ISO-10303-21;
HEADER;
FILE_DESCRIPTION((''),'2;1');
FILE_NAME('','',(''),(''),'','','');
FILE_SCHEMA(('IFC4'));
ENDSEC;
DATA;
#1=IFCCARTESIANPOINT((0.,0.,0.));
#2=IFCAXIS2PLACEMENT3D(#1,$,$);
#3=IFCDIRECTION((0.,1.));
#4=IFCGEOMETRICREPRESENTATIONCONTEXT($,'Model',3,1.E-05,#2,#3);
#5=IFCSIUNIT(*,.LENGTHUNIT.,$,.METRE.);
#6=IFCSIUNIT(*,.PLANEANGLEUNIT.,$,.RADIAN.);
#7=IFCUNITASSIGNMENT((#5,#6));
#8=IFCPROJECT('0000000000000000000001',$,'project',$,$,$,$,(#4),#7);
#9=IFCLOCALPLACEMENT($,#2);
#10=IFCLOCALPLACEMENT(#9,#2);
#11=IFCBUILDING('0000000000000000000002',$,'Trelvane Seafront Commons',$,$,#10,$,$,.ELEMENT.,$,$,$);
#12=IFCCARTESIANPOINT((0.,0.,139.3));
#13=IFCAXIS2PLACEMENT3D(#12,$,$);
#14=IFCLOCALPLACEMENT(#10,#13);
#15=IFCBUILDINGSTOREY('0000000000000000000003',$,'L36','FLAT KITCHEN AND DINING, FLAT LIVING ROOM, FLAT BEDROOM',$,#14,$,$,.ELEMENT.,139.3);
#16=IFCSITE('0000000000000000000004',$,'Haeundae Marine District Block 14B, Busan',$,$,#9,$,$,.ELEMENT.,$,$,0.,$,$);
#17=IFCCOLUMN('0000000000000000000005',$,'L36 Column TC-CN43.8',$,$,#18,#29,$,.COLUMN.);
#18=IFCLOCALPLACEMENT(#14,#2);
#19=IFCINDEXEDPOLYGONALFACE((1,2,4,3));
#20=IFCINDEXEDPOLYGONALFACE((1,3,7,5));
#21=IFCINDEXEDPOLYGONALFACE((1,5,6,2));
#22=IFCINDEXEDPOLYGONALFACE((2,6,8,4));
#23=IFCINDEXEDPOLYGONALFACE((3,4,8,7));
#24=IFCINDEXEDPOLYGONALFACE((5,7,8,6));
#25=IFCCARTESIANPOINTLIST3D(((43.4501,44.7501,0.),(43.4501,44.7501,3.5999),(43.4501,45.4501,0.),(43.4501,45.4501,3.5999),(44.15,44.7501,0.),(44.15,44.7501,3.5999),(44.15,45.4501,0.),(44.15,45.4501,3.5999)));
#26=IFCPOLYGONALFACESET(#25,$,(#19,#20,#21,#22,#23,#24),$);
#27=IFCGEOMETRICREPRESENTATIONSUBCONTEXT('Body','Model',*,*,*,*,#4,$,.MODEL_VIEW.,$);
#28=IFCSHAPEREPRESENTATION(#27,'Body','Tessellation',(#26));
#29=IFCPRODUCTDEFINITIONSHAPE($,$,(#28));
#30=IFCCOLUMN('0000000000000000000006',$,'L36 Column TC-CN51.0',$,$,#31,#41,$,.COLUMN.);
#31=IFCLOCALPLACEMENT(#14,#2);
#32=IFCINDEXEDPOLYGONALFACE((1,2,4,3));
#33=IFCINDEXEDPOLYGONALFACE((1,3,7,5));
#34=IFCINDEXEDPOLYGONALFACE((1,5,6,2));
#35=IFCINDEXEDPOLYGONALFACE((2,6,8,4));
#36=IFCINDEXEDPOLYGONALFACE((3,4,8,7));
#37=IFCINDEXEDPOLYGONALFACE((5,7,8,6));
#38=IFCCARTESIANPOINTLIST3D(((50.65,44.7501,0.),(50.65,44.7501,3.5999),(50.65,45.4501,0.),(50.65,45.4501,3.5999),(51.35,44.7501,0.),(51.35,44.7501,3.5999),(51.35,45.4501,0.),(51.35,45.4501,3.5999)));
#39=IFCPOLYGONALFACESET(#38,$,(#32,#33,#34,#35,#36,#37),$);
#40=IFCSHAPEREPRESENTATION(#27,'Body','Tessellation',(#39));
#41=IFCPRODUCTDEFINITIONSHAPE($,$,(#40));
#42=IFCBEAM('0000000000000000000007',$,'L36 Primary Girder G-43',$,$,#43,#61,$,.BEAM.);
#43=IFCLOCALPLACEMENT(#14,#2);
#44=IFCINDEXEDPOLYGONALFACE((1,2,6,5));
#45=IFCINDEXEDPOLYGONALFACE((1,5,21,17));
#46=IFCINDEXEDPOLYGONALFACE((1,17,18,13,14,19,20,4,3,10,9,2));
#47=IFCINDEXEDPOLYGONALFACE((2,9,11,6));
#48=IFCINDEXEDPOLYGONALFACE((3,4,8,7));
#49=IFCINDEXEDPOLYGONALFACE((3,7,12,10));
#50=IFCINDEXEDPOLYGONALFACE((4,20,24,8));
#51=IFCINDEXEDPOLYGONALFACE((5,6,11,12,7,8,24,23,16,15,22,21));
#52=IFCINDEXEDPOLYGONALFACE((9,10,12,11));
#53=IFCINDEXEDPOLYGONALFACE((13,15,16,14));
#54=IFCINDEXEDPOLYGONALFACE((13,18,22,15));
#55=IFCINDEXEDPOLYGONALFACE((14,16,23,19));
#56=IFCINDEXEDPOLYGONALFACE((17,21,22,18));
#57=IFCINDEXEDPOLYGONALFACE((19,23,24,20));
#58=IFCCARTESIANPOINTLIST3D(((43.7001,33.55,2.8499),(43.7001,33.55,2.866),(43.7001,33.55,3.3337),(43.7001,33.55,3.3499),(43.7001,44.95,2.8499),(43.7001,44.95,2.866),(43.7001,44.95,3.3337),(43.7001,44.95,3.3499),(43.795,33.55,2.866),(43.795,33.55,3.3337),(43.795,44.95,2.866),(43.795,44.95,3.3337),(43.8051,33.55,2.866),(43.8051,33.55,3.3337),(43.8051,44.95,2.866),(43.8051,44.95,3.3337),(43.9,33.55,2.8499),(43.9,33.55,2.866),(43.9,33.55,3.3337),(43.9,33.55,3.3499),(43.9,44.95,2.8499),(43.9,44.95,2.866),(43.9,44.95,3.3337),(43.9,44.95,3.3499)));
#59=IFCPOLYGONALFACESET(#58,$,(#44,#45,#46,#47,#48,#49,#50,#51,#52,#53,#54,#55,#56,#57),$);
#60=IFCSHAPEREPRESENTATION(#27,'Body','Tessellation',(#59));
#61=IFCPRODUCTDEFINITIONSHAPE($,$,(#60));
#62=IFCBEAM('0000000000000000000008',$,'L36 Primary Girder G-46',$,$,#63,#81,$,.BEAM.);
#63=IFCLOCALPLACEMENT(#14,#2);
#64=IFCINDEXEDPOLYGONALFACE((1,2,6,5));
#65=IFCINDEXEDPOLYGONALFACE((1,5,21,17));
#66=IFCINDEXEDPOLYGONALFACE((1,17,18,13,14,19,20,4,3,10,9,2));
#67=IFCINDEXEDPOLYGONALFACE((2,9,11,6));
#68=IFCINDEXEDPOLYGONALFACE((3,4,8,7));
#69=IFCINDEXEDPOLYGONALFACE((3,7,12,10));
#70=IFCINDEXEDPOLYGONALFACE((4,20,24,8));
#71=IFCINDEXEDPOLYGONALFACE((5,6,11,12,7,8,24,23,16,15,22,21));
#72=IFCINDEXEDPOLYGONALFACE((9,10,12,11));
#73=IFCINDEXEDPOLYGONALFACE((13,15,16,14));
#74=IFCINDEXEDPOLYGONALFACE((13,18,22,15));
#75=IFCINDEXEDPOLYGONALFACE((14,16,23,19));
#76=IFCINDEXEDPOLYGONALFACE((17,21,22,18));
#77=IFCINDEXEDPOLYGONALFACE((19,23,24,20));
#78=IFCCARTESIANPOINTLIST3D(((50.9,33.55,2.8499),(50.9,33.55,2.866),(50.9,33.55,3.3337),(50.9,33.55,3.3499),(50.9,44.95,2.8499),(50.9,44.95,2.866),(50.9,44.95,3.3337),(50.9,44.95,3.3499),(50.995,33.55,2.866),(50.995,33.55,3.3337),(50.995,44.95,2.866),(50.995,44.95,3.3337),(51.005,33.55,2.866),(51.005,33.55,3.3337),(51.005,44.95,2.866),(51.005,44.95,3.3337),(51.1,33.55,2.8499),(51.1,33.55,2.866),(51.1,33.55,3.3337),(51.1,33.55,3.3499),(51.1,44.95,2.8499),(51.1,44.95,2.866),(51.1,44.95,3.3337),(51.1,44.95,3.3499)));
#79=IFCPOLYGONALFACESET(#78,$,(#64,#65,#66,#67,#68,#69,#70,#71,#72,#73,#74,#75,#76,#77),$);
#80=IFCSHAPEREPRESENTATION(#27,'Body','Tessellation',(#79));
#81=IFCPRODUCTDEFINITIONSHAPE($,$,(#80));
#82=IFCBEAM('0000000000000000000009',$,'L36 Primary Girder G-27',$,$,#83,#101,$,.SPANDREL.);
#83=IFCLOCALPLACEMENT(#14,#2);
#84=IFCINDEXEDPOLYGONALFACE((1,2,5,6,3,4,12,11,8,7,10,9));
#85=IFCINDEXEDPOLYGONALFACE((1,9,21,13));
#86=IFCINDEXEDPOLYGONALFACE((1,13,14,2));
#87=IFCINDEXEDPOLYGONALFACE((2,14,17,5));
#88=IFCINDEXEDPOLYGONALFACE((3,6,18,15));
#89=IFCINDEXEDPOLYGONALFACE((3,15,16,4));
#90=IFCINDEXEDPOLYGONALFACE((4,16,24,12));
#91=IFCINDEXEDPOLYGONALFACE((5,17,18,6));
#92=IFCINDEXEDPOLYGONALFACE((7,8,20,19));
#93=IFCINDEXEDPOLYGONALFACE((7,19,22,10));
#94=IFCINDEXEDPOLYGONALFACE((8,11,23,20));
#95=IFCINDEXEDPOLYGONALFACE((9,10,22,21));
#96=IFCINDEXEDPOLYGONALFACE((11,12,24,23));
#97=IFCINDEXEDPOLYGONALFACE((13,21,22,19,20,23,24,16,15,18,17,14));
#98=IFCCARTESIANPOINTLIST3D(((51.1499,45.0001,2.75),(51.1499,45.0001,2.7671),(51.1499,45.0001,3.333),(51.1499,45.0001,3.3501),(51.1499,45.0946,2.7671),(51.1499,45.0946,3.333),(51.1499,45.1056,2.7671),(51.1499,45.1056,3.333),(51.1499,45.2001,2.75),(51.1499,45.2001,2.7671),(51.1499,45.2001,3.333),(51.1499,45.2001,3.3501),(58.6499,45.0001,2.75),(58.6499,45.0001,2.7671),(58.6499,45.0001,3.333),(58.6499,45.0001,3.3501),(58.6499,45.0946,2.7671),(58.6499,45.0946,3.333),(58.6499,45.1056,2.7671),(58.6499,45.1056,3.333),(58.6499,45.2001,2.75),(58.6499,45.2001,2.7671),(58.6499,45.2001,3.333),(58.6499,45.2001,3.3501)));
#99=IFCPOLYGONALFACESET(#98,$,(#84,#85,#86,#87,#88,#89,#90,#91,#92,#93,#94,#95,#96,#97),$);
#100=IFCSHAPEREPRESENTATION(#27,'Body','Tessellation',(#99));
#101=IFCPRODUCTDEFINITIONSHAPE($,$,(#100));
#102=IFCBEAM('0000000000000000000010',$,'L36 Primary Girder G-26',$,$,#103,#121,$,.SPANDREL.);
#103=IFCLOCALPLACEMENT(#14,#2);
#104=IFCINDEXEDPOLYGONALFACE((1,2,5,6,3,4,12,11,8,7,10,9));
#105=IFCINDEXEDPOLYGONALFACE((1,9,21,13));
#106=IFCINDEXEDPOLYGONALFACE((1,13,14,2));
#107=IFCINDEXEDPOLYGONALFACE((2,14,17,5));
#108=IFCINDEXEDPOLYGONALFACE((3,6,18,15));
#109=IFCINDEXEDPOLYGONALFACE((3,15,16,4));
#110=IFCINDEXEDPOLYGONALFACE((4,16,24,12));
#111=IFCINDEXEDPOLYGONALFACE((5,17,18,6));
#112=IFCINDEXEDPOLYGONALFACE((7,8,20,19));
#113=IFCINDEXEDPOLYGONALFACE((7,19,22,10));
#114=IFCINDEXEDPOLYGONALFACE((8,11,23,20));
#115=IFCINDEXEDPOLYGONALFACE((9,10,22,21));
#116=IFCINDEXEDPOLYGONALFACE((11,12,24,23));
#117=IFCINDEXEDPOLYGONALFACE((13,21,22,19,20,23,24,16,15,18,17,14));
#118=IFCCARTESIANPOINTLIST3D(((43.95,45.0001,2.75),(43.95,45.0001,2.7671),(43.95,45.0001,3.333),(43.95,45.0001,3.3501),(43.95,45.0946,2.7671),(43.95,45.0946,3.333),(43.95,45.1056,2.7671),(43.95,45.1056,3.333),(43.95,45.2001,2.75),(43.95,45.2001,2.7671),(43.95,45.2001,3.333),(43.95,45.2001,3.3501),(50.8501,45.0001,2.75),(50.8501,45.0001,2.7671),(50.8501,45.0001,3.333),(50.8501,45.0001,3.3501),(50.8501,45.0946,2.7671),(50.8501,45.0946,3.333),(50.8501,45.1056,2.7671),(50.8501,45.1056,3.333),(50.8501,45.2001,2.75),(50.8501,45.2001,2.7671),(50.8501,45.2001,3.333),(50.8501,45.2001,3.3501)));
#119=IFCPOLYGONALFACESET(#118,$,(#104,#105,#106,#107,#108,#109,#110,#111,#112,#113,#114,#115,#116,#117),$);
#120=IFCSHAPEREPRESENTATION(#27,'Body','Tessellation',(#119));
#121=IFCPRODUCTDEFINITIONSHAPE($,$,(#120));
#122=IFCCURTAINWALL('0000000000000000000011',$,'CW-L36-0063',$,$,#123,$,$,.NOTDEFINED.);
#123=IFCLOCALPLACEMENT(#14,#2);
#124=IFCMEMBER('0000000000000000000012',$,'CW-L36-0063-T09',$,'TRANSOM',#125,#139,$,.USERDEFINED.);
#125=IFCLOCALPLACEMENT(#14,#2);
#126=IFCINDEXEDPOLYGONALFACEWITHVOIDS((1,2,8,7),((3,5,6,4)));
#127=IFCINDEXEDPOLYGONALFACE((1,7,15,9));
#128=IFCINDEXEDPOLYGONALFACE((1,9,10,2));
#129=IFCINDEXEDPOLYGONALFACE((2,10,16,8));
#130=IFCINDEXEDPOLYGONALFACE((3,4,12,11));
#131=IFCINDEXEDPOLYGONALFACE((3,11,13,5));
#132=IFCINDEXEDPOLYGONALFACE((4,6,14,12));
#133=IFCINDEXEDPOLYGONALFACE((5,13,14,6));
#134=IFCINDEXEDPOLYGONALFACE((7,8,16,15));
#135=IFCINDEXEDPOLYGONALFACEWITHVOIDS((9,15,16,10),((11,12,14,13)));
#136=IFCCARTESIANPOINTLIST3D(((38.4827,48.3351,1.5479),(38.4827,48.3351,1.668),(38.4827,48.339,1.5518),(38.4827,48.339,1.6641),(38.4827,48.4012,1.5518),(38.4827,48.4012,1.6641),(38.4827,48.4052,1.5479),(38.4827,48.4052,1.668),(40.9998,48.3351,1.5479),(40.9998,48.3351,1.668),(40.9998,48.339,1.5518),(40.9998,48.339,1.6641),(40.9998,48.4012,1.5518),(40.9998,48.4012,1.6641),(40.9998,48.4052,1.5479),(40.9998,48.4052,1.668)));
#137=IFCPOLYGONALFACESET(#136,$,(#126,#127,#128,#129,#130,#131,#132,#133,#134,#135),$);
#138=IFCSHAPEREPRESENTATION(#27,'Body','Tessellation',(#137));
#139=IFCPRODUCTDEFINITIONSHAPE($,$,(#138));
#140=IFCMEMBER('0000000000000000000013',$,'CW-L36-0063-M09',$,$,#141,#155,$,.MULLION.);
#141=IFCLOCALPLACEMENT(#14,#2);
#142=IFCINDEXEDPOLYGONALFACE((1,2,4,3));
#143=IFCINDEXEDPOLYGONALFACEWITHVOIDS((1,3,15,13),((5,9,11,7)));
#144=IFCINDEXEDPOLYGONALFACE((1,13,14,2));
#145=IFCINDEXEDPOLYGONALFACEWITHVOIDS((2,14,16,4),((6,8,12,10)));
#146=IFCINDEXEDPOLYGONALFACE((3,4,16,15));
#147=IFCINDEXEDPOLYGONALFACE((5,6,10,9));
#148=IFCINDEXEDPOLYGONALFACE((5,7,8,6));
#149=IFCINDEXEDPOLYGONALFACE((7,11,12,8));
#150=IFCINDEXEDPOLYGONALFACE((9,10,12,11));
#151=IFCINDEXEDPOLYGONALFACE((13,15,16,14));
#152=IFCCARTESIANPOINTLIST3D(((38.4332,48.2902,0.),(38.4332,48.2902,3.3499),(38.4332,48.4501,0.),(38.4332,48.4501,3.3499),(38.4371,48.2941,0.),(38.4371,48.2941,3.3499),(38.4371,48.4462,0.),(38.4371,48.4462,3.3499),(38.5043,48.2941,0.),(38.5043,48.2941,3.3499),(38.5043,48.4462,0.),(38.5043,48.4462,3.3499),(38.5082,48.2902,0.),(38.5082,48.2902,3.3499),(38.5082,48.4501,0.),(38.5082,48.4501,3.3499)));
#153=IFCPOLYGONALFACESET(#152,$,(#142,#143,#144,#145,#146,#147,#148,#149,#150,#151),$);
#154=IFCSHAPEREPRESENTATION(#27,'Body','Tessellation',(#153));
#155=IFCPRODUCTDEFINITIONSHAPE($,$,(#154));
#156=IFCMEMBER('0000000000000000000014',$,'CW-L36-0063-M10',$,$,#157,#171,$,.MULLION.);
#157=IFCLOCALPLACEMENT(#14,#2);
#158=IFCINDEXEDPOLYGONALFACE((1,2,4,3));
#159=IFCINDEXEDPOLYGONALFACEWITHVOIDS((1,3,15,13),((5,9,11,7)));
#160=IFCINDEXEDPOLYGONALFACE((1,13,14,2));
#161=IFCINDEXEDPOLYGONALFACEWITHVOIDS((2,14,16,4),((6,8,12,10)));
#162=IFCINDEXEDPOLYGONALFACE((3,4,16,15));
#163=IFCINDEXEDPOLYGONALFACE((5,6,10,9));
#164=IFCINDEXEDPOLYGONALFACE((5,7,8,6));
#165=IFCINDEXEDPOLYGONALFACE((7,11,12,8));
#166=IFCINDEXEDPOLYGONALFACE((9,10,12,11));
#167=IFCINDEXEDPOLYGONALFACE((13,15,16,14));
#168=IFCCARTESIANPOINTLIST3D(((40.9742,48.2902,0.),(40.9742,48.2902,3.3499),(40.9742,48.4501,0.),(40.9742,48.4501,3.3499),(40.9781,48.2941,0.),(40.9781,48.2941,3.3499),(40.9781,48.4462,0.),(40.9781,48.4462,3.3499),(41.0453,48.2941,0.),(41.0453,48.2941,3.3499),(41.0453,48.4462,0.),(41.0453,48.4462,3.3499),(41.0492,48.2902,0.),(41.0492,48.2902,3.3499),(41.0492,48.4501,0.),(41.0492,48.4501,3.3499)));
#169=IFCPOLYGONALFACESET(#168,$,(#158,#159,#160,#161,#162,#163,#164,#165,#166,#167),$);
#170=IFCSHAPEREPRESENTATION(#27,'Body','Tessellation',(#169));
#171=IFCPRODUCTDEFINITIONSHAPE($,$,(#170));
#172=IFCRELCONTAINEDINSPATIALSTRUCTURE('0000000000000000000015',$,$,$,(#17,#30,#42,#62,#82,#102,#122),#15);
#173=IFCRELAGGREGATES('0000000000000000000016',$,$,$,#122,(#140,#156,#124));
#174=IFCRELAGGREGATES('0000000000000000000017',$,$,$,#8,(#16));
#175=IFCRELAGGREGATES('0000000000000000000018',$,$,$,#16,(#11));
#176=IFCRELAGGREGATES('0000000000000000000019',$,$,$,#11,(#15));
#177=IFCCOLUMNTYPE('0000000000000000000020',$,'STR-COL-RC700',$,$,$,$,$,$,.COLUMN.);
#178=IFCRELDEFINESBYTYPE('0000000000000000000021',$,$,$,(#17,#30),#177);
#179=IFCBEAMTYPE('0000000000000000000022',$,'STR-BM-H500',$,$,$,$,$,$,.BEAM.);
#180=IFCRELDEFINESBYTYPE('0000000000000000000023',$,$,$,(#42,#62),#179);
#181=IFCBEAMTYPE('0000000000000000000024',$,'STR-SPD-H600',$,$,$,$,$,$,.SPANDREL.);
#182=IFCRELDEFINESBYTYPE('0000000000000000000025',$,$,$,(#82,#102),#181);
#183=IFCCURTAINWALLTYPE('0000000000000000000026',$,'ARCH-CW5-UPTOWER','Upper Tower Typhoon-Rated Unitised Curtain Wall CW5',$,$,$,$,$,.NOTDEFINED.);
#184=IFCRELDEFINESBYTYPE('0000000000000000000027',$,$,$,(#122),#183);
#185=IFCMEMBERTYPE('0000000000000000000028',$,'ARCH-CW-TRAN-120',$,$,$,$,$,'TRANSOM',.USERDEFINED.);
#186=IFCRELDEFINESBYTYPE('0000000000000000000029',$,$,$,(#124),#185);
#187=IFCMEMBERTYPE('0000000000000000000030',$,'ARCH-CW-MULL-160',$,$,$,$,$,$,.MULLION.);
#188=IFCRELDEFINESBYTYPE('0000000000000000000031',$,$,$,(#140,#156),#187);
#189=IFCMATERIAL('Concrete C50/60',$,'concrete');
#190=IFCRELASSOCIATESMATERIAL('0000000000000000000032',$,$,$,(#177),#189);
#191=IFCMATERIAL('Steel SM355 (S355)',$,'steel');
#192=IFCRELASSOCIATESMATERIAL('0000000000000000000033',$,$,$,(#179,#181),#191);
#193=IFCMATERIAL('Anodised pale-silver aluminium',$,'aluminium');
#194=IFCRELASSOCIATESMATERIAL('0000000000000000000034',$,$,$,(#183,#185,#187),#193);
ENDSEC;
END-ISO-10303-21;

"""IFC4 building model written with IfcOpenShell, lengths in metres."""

from ifc_helpers import new_model, si_unit, direction, frame, origin, origin_2d, place, context, subcontext, project, spatial, rectangle, hollow_rectangle, i_section, extrude, source, transform, mapped, material, material_profile, profile_set, type_object, element, aggregate, save


model = new_model("IFC4")

# Units and contexts
model_context = context("Model", 3, precision=1e-05, world=origin(), true_north=direction((0.0, 1.0)))
body_context = subcontext(model_context, "Body", "Model", "MODEL_VIEW")
ifc_project = project(units=[si_unit("LENGTHUNIT", "METRE"), si_unit("PLANEANGLEUNIT", "RADIAN")], contexts=[model_context])

# Site, building, storey
site_placement = place(None, origin())
site = spatial("IfcSite", under=ifc_project, at=site_placement, Name="Haeundae Marine District Block 14B, Busan", CompositionType="ELEMENT", RefElevation=0.0)
building_placement = place(site_placement, origin())
building = spatial("IfcBuilding", under=site, at=building_placement, Name="Trelvane Seafront Commons", CompositionType="ELEMENT")
storey_placement = place(building_placement, frame((0.0, 0.0, 139.3)))
storey = spatial("IfcBuildingStorey", under=building, at=storey_placement, Name="L36", Description="FLAT KITCHEN AND DINING, FLAT LIVING ROOM, FLAT BEDROOM", CompositionType="ELEMENT", Elevation=139.3)

# Columns
ifc_material_1 = material(Name="Concrete C50/60", Category="concrete")
ifc_material_profile_1 = material_profile(ifc_material_1, rectangle(XDim=0.7, YDim=0.7, at=origin_2d()), Name="RC-700x700")
ifc_profile_set_1 = profile_set([ifc_material_profile_1], Name="Concrete C50/60")
column_type = type_object("IfcColumnType", Name="STR-COL-RC700", PredefinedType="COLUMN", material=ifc_profile_set_1)
shared_shape_1 = source(origin(), body_context, "Body", "SweptSolid", [
    extrude(rectangle(XDim=0.7, YDim=0.7, at=origin_2d()), origin(), (0.0, 0.0, 1.0), 3.5999),
])
for number, where, z_axis, x_axis, name in (
    (1, (43.8, 45.1001, 0.0), (0.0, 0.0, 1.0), (1.0, 0.0, 0.0), "L36 Column TC-CN43.8"),
    (2, (51.0, 45.1001, 0.0), (0.0, 0.0, 1.0), (1.0, 0.0, 0.0), "L36 Column TC-CN51.0"),
):
    element("IfcColumn", number, at=place(storey_placement, frame(where, z_axis=z_axis, x_axis=x_axis)), inside=storey, type_object=column_type, Name=name, PredefinedType="COLUMN", context=body_context, shape_type="MappedRepresentation", body=[
        mapped(shared_shape_1, transform((0.0, 0.0, 0.0), x_axis=(1.0, 0.0, 0.0), y_axis=(0.0, 1.0, 0.0), z_axis=(0.0, 0.0, 1.0), scale=1.0)),
    ])

# Beams
ifc_material_2 = material(Name="Steel SM355 (S355)", Category="steel")
ifc_material_profile_2 = material_profile(ifc_material_2, i_section(OverallWidth=0.2, OverallDepth=0.5, WebThickness=0.01, FlangeThickness=0.0161, at=origin_2d()), Name="H-500x200x10x16")
ifc_profile_set_2 = profile_set([ifc_material_profile_2], Name="Steel SM355 (S355)")
beam_type_1 = type_object("IfcBeamType", Name="STR-BM-H500", PredefinedType="BEAM", material=ifc_profile_set_2)
shared_shape_2 = source(origin(), body_context, "Body", "SweptSolid", [
    extrude(i_section(OverallWidth=0.2, OverallDepth=0.5, WebThickness=0.01, FlangeThickness=0.0161, at=origin_2d()), origin(), (0.0, 0.0, 1.0), 11.3999),
])
for number, where, z_axis, x_axis, name in (
    (3, (43.8, 33.55, 3.0999), (0.0, 1.0, 0.0), (-1.0, 0.0, 0.0), "L36 Primary Girder G-43"),
    (4, (51.0, 33.55, 3.0999), (0.0, 1.0, 0.0), (-1.0, 0.0, 0.0), "L36 Primary Girder G-46"),
):
    element("IfcBeam", number, at=place(storey_placement, frame(where, z_axis=z_axis, x_axis=x_axis)), inside=storey, type_object=beam_type_1, Name=name, PredefinedType="BEAM", context=body_context, shape_type="MappedRepresentation", body=[
        mapped(shared_shape_2, transform((0.0, 0.0, 0.0), x_axis=(1.0, 0.0, 0.0), y_axis=(0.0, 1.0, 0.0), z_axis=(0.0, 0.0, 1.0), scale=1.0)),
    ])
ifc_material_profile_3 = material_profile(ifc_material_2, i_section(OverallWidth=0.2, OverallDepth=0.6001, WebThickness=0.011, FlangeThickness=0.0171, at=origin_2d()), Name="H-600x200x11x17")
ifc_profile_set_3 = profile_set([ifc_material_profile_3], Name="Steel SM355 (S355)")
beam_type_2 = type_object("IfcBeamType", Name="STR-SPD-H600", PredefinedType="SPANDREL", material=ifc_profile_set_3)
shared_shape_3 = source(origin(), body_context, "Body", "SweptSolid", [
    extrude(i_section(OverallWidth=0.2, OverallDepth=0.6001, WebThickness=0.011, FlangeThickness=0.0171, at=origin_2d()), origin(), (0.0, 0.0, 1.0), 7.5),
])
beam_1_placement = place(storey_placement, frame((51.1499, 45.1001, 3.05), z_axis=(1.0, 0.0, 0.0), x_axis=(0.0, 1.0, 0.0)))
element("IfcBeam", 5, at=beam_1_placement, inside=storey, type_object=beam_type_2, Name="L36 Primary Girder G-27", PredefinedType="SPANDREL", context=body_context, shape_type="MappedRepresentation", body=[
    mapped(shared_shape_3, transform((0.0, 0.0, 0.0), x_axis=(1.0, 0.0, 0.0), y_axis=(0.0, 1.0, 0.0), z_axis=(0.0, 0.0, 1.0), scale=1.0)),
])
shared_shape_4 = source(origin(), body_context, "Body", "SweptSolid", [
    extrude(i_section(OverallWidth=0.2, OverallDepth=0.6001, WebThickness=0.011, FlangeThickness=0.0171, at=origin_2d()), origin(), (0.0, 0.0, 1.0), 6.9001),
])
beam_2_placement = place(storey_placement, frame((43.95, 45.1001, 3.05), z_axis=(1.0, 0.0, 0.0), x_axis=(0.0, 1.0, 0.0)))
element("IfcBeam", 6, at=beam_2_placement, inside=storey, type_object=beam_type_2, Name="L36 Primary Girder G-26", PredefinedType="SPANDREL", context=body_context, shape_type="MappedRepresentation", body=[
    mapped(shared_shape_4, transform((0.0, 0.0, 0.0), x_axis=(1.0, 0.0, 0.0), y_axis=(0.0, 1.0, 0.0), z_axis=(0.0, 0.0, 1.0), scale=1.0)),
])

# Curtain wall, members
ifc_material_3 = material(Name="Anodised pale-silver aluminium", Category="aluminium")
curtain_wall_type = type_object("IfcCurtainWallType", Name="ARCH-CW5-UPTOWER", Description="Upper Tower Typhoon-Rated Unitised Curtain Wall CW5", PredefinedType="NOTDEFINED", material=ifc_material_3)
curtain_wall_placement = place(storey_placement, origin())
curtain_wall = element("IfcCurtainWall", 7, at=curtain_wall_placement, inside=storey, type_object=curtain_wall_type, Name="CW-L36-0063", PredefinedType="NOTDEFINED")
ifc_material_profile_4 = material_profile(ifc_material_3, hollow_rectangle(XDim=0.0701, YDim=0.1201, WallThickness=0.0039, at=origin_2d()), Name="TRAN-70x120x4")
ifc_profile_set_4 = profile_set([ifc_material_profile_4], Name="Anodised pale-silver aluminium")
member_type_1 = type_object("IfcMemberType", Name="ARCH-CW-TRAN-120", ElementType="TRANSOM", PredefinedType="USERDEFINED", material=ifc_profile_set_4)
shared_shape_5 = source(origin(), body_context, "Body", "SweptSolid", [
    extrude(hollow_rectangle(XDim=0.0701, YDim=0.1201, WallThickness=0.0039, at=origin_2d()), origin(), (0.0, 0.0, 1.0), 2.5171),
])
member_1_placement = place(storey_placement, frame((38.4827, 48.3701, 1.6079), z_axis=(1.0, 0.0, 0.0), x_axis=(0.0, 1.0, 0.0)))
member_1 = element("IfcMember", 8, at=member_1_placement, type_object=member_type_1, Name="CW-L36-0063-T09", ObjectType="TRANSOM", PredefinedType="USERDEFINED", context=body_context, shape_type="MappedRepresentation", body=[
    mapped(shared_shape_5, transform((0.0, 0.0, 0.0), x_axis=(1.0, 0.0, 0.0), y_axis=(0.0, 1.0, 0.0), z_axis=(0.0, 0.0, 1.0), scale=1.0)),
])
ifc_material_profile_5 = material_profile(ifc_material_3, hollow_rectangle(XDim=0.075, YDim=0.1599, WallThickness=0.0039, at=origin_2d()), Name="MULL-75x160x4")
ifc_profile_set_5 = profile_set([ifc_material_profile_5], Name="Anodised pale-silver aluminium")
member_type_2 = type_object("IfcMemberType", Name="ARCH-CW-MULL-160", PredefinedType="MULLION", material=ifc_profile_set_5)
shared_shape_6 = source(origin(), body_context, "Body", "SweptSolid", [
    extrude(hollow_rectangle(XDim=0.075, YDim=0.1599, WallThickness=0.0039, at=origin_2d()), origin(), (0.0, 0.0, 1.0), 3.3499),
])
member_2_placement = place(storey_placement, frame((38.4707, 48.3701, 0.0), z_axis=(0.0, 0.0, 1.0), x_axis=(1.0, 0.0, 0.0)))
member_2 = element("IfcMember", 9, at=member_2_placement, type_object=member_type_2, Name="CW-L36-0063-M09", PredefinedType="MULLION", context=body_context, shape_type="MappedRepresentation", body=[
    mapped(shared_shape_6, transform((0.0, 0.0, 0.0), x_axis=(1.0, 0.0, 0.0), y_axis=(0.0, 1.0, 0.0), z_axis=(0.0, 0.0, 1.0), scale=1.0)),
])
member_3_placement = place(storey_placement, frame((41.0117, 48.3701, 0.0), z_axis=(0.0, 0.0, 1.0), x_axis=(1.0, 0.0, 0.0)))
member_3 = element("IfcMember", 10, at=member_3_placement, type_object=member_type_2, Name="CW-L36-0063-M10", PredefinedType="MULLION", context=body_context, shape_type="MappedRepresentation", body=[
    mapped(shared_shape_6, transform((0.0, 0.0, 0.0), x_axis=(1.0, 0.0, 0.0), y_axis=(0.0, 1.0, 0.0), z_axis=(0.0, 0.0, 1.0), scale=1.0)),
])
aggregate(curtain_wall, [member_2, member_3, member_1])

save(model, "model.ifc")
